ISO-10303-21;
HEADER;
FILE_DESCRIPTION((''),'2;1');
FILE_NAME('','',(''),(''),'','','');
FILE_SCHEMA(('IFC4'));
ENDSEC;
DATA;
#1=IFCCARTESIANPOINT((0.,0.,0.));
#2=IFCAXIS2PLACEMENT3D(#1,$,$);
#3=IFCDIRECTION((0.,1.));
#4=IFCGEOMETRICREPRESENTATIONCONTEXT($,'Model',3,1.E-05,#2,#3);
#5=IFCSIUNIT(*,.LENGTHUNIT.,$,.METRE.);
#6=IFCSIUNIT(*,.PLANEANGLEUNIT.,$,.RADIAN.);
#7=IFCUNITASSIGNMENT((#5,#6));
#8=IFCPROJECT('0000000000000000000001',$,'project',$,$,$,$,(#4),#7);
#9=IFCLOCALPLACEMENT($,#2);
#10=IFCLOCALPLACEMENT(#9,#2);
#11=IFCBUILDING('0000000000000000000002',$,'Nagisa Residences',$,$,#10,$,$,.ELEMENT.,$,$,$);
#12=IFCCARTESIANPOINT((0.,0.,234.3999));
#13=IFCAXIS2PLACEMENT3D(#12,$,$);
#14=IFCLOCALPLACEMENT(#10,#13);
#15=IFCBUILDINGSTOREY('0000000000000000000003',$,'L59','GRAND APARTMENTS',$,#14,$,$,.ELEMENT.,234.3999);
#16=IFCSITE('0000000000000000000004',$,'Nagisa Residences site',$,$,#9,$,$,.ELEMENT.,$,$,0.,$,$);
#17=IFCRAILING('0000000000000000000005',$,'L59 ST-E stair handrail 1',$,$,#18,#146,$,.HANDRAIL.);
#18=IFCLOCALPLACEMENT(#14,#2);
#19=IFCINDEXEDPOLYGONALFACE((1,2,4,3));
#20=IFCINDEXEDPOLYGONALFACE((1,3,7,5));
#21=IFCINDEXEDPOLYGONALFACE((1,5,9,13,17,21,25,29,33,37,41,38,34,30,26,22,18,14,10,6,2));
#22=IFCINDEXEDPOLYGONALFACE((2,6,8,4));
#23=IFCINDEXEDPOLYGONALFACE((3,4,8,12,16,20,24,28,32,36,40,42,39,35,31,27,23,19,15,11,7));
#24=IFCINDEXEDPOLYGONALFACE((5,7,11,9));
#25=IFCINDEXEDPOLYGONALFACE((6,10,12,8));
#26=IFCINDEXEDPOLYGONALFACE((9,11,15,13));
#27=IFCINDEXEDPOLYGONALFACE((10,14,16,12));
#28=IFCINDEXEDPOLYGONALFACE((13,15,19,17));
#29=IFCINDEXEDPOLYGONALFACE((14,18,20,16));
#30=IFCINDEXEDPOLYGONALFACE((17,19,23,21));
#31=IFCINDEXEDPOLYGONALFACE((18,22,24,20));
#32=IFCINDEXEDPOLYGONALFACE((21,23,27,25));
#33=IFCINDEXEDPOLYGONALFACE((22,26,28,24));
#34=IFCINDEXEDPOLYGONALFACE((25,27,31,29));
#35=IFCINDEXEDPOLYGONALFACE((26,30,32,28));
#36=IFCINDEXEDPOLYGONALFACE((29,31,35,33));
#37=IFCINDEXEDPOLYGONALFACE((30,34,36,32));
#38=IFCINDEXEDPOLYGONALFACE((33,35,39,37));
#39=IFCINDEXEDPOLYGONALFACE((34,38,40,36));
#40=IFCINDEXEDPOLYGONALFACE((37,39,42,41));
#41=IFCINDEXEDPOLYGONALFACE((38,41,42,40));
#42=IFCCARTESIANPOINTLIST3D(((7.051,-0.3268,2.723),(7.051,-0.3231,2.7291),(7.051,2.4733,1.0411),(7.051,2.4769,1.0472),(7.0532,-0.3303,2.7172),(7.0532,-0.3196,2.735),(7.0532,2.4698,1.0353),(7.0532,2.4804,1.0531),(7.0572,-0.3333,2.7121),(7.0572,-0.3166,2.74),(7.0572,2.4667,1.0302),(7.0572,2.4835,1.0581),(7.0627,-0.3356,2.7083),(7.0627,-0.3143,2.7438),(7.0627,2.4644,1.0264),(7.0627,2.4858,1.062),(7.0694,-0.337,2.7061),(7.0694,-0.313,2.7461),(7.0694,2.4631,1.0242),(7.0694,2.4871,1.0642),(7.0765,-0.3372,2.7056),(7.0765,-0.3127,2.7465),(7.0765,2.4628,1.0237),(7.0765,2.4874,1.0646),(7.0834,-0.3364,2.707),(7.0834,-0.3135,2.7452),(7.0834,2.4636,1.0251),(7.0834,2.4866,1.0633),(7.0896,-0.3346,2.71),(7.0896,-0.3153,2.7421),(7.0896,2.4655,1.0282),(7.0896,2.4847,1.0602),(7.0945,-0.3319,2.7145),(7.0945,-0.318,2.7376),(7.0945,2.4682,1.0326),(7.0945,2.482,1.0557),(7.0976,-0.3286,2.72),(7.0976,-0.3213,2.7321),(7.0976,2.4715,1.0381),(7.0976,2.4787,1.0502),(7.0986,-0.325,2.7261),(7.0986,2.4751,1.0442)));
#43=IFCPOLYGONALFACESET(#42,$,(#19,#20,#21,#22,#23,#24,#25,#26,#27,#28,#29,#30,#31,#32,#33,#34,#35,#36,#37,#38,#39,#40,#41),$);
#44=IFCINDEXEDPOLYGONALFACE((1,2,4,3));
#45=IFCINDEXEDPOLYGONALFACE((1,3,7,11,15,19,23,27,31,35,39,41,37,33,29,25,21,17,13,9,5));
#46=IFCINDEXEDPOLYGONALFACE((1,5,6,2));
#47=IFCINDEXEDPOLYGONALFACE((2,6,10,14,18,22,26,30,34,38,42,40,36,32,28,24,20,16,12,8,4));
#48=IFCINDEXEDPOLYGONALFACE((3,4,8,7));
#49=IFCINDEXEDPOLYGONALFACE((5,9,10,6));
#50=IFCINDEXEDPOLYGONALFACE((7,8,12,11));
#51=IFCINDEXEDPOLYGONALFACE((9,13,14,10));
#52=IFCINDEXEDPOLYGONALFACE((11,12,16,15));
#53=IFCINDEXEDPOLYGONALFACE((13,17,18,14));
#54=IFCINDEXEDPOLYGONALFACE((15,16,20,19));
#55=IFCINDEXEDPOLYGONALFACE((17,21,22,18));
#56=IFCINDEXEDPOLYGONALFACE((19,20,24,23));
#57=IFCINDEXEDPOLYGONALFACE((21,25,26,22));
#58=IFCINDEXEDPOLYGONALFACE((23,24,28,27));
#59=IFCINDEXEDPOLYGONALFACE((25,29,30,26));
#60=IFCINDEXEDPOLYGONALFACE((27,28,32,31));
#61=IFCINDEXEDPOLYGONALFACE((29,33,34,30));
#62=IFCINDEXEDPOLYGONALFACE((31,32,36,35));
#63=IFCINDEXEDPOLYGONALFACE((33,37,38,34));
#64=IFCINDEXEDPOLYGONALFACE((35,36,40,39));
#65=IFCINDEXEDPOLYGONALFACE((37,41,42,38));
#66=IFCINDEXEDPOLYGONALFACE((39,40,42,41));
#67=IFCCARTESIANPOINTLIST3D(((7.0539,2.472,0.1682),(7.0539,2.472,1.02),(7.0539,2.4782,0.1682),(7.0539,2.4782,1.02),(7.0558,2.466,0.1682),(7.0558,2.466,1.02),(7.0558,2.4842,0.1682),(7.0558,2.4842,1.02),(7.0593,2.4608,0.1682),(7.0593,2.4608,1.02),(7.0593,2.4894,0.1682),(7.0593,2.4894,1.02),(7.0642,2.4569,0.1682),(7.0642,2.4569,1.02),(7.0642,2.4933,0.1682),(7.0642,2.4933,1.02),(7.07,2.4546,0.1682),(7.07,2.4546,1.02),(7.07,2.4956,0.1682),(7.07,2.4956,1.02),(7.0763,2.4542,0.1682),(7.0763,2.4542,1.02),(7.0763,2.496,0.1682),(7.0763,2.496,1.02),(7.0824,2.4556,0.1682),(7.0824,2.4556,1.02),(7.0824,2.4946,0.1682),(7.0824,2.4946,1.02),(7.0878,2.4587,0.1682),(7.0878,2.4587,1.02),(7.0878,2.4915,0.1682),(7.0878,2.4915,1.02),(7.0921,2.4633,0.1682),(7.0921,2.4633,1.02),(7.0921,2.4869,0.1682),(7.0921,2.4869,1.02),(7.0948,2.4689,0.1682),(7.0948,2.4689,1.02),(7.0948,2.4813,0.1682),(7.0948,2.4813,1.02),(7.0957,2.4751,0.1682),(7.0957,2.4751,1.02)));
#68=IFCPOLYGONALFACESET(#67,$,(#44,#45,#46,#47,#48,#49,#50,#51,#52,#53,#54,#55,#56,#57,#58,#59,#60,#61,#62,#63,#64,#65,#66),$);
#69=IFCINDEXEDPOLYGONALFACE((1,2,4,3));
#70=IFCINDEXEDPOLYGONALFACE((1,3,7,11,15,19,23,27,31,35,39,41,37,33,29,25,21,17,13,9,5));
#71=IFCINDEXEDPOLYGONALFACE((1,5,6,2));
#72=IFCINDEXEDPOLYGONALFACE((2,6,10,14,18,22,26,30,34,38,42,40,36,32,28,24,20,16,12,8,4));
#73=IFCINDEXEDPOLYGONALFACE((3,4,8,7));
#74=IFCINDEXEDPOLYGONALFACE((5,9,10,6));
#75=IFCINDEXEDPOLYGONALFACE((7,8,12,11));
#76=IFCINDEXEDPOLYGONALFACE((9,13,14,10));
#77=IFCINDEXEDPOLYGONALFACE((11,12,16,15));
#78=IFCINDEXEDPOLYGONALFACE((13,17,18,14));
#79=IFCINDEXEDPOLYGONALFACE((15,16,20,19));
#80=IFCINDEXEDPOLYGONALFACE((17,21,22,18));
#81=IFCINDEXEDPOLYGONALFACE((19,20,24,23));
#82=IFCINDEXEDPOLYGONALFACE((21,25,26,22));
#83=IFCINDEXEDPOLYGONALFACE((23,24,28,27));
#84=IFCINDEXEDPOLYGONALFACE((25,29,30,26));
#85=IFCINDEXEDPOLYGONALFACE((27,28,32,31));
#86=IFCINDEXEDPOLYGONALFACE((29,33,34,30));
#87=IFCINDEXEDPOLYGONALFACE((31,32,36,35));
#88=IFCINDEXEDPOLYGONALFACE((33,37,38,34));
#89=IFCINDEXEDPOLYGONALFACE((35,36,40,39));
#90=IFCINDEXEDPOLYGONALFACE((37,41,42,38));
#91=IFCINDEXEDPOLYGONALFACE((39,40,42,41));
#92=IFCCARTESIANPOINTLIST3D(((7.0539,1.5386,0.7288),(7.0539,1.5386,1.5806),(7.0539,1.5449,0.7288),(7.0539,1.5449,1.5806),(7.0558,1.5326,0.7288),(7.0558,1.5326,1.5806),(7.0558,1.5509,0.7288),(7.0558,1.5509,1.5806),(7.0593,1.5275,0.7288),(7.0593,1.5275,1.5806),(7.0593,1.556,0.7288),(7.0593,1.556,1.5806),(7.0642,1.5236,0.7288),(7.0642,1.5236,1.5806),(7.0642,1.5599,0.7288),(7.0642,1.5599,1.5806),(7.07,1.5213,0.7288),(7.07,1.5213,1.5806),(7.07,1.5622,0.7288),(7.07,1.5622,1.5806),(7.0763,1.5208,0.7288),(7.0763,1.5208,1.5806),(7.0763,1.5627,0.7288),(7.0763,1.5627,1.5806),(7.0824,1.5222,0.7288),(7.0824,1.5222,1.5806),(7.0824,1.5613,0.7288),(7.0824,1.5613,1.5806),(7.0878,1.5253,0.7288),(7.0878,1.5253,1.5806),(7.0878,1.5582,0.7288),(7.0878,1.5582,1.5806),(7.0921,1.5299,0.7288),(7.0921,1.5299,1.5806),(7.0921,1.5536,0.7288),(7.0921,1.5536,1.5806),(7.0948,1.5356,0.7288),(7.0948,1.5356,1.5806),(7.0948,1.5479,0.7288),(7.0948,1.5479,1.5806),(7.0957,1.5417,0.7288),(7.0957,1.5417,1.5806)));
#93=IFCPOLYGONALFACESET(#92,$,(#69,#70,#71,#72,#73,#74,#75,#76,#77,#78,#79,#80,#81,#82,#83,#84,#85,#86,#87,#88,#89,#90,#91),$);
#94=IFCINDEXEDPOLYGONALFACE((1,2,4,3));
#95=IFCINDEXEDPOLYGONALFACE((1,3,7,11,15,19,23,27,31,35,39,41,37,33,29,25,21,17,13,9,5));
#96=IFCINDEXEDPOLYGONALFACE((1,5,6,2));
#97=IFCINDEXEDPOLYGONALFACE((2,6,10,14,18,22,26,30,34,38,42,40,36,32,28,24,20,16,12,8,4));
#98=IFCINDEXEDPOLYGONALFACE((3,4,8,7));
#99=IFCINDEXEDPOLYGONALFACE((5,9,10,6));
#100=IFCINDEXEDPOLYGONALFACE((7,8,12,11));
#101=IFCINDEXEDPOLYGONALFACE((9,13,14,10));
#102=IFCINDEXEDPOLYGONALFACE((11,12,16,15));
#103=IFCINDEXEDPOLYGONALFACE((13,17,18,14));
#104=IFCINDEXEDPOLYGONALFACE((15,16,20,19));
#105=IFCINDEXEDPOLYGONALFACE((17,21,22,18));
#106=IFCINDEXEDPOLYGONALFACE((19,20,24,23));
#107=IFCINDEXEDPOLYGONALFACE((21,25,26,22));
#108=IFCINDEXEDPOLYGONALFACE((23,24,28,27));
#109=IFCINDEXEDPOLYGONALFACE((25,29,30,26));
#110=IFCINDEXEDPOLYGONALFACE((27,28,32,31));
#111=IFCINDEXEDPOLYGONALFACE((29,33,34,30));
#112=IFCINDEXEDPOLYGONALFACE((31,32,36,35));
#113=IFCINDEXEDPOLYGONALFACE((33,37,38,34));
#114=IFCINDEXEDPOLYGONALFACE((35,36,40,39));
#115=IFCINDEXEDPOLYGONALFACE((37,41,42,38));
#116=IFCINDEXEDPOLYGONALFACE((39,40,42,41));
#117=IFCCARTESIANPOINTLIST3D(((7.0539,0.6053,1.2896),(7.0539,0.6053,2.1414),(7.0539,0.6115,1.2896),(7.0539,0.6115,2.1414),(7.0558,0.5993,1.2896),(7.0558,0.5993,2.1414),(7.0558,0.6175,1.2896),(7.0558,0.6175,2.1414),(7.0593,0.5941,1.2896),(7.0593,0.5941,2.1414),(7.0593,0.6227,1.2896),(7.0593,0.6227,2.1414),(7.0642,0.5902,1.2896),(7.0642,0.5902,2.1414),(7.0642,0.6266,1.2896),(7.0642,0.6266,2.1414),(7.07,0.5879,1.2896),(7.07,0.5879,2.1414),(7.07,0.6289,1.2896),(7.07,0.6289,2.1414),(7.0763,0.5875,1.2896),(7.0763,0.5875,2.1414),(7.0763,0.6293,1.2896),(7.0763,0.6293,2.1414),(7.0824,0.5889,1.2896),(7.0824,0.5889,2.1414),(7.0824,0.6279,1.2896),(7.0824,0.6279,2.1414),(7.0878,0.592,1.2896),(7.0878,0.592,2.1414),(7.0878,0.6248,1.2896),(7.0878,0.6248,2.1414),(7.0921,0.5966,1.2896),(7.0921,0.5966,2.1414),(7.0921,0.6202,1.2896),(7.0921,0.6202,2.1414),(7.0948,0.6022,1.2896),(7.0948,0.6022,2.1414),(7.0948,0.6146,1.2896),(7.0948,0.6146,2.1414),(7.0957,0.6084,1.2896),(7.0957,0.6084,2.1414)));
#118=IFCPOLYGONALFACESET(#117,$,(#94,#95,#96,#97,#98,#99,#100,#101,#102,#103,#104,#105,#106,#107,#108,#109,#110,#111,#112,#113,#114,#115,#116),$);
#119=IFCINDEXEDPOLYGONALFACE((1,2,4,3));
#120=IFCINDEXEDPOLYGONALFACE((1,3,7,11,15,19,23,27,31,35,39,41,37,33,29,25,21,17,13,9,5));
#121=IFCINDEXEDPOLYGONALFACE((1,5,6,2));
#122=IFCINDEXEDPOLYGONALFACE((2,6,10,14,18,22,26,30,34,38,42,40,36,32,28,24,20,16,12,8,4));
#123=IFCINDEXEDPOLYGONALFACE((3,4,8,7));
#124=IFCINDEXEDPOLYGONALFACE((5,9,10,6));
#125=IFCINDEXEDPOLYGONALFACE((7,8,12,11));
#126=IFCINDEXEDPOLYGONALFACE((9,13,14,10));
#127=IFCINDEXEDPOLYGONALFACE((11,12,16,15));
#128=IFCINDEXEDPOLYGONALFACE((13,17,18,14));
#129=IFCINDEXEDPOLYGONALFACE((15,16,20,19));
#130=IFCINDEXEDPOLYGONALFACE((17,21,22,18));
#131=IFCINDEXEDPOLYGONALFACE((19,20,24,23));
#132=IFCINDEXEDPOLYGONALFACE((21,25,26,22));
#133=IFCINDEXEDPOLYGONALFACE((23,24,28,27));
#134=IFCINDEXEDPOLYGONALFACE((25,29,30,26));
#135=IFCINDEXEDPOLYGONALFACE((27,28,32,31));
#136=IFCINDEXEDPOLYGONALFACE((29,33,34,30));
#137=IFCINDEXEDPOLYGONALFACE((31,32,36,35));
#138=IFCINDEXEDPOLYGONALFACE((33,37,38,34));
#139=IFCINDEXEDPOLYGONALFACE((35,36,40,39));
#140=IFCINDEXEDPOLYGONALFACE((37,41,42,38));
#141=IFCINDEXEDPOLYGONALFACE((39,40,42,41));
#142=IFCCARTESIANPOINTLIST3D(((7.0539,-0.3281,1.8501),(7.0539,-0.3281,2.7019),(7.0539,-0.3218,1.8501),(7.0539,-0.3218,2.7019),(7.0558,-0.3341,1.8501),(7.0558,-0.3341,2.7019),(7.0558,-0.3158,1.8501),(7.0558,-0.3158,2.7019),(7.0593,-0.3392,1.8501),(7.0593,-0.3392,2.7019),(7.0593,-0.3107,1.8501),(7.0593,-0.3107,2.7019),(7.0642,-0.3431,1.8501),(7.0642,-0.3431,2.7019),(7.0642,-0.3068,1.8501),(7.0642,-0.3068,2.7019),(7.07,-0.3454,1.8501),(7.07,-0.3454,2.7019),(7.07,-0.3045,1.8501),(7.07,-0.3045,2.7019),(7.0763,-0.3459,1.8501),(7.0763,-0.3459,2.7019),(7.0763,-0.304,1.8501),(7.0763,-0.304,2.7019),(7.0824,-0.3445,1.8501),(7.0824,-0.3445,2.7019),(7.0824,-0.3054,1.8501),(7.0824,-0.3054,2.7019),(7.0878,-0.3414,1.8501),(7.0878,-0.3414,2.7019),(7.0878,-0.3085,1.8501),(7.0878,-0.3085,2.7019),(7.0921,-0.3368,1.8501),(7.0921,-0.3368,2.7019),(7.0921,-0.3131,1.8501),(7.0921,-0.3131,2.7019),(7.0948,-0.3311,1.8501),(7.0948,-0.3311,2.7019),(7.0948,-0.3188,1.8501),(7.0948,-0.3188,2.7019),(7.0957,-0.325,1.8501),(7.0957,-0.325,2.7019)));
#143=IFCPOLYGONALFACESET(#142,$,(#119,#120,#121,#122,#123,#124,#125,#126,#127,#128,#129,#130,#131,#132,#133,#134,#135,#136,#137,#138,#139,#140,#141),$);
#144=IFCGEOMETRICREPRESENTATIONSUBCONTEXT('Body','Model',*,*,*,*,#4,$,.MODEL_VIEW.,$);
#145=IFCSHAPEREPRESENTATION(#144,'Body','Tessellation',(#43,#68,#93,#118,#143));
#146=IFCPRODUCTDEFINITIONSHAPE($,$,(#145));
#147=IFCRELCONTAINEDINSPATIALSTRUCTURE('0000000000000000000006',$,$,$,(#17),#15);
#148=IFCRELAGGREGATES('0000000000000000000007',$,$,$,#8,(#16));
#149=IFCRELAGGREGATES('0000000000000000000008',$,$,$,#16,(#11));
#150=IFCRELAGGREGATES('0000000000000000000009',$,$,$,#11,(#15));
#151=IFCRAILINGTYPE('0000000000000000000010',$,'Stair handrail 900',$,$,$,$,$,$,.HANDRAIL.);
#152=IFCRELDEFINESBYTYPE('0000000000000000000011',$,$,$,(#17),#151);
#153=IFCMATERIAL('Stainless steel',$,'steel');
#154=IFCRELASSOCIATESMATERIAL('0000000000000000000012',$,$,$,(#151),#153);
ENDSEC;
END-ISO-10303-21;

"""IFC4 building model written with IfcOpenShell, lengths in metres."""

from ifc_helpers import new_model, si_unit, direction, frame, origin, origin_2d, place, context, subcontext, project, spatial, circle, extrude, material, type_object, element, save


model = new_model("IFC4")

# Units and contexts
model_context = context("Model", 3, precision=1e-05, world=origin(), true_north=direction((0.0, 1.0)))
body_context = subcontext(model_context, "Body", "Model", "MODEL_VIEW")
ifc_project = project(units=[si_unit("LENGTHUNIT", "METRE"), si_unit("PLANEANGLEUNIT", "RADIAN")], contexts=[model_context])

# Site, building, storey
site_placement = place(None, origin())
site = spatial("IfcSite", under=ifc_project, at=site_placement, Name="Nagisa Residences site", CompositionType="ELEMENT", RefElevation=0.0)
building_placement = place(site_placement, origin())
building = spatial("IfcBuilding", under=site, at=building_placement, Name="Nagisa Residences", CompositionType="ELEMENT")
storey_placement = place(building_placement, frame((0.0, 0.0, 234.3999)))
storey = spatial("IfcBuildingStorey", under=building, at=storey_placement, Name="L59", Description="GRAND APARTMENTS", CompositionType="ELEMENT", Elevation=234.3999)

# Railing
ifc_material_1 = material(Name="Stainless steel", Category="steel")
railing_type_1 = type_object("IfcRailingType", Name="Stair handrail 900", PredefinedType="HANDRAIL", material=ifc_material_1)
railing_1_placement = place(storey_placement, frame((7.0747, 2.4751, 0.1682)))
element("IfcRailing", 1, at=railing_1_placement, inside=storey, type_object=railing_type_1, Name="L59 ST-E stair handrail 1", PredefinedType="HANDRAIL", context=body_context, shape_type="SweptSolid", body=[
    extrude(circle(Radius=0.0239, at=origin_2d()), frame((0.0, 0.0, 0.876), z_axis=(0.0, -0.857242, 0.514913), x_axis=(1.0, 0.0, 0.0)), (0.0, 0.0, 1.0), 3.2664),
    extrude(circle(Radius=0.021, at=origin_2d()), origin(), (0.0, 0.0, 1.0), 0.8518),
    extrude(circle(Radius=0.021, at=origin_2d()), frame((0.0, -0.9333, 0.5605)), (0.0, 0.0, 1.0), 0.8518),
    extrude(circle(Radius=0.021, at=origin_2d()), frame((0.0, -1.8667, 1.1213)), (0.0, 0.0, 1.0), 0.8518),
    extrude(circle(Radius=0.021, at=origin_2d()), frame((0.0, -2.8, 1.6819)), (0.0, 0.0, 1.0), 0.8518),
])

save(model, "model.ifc")
